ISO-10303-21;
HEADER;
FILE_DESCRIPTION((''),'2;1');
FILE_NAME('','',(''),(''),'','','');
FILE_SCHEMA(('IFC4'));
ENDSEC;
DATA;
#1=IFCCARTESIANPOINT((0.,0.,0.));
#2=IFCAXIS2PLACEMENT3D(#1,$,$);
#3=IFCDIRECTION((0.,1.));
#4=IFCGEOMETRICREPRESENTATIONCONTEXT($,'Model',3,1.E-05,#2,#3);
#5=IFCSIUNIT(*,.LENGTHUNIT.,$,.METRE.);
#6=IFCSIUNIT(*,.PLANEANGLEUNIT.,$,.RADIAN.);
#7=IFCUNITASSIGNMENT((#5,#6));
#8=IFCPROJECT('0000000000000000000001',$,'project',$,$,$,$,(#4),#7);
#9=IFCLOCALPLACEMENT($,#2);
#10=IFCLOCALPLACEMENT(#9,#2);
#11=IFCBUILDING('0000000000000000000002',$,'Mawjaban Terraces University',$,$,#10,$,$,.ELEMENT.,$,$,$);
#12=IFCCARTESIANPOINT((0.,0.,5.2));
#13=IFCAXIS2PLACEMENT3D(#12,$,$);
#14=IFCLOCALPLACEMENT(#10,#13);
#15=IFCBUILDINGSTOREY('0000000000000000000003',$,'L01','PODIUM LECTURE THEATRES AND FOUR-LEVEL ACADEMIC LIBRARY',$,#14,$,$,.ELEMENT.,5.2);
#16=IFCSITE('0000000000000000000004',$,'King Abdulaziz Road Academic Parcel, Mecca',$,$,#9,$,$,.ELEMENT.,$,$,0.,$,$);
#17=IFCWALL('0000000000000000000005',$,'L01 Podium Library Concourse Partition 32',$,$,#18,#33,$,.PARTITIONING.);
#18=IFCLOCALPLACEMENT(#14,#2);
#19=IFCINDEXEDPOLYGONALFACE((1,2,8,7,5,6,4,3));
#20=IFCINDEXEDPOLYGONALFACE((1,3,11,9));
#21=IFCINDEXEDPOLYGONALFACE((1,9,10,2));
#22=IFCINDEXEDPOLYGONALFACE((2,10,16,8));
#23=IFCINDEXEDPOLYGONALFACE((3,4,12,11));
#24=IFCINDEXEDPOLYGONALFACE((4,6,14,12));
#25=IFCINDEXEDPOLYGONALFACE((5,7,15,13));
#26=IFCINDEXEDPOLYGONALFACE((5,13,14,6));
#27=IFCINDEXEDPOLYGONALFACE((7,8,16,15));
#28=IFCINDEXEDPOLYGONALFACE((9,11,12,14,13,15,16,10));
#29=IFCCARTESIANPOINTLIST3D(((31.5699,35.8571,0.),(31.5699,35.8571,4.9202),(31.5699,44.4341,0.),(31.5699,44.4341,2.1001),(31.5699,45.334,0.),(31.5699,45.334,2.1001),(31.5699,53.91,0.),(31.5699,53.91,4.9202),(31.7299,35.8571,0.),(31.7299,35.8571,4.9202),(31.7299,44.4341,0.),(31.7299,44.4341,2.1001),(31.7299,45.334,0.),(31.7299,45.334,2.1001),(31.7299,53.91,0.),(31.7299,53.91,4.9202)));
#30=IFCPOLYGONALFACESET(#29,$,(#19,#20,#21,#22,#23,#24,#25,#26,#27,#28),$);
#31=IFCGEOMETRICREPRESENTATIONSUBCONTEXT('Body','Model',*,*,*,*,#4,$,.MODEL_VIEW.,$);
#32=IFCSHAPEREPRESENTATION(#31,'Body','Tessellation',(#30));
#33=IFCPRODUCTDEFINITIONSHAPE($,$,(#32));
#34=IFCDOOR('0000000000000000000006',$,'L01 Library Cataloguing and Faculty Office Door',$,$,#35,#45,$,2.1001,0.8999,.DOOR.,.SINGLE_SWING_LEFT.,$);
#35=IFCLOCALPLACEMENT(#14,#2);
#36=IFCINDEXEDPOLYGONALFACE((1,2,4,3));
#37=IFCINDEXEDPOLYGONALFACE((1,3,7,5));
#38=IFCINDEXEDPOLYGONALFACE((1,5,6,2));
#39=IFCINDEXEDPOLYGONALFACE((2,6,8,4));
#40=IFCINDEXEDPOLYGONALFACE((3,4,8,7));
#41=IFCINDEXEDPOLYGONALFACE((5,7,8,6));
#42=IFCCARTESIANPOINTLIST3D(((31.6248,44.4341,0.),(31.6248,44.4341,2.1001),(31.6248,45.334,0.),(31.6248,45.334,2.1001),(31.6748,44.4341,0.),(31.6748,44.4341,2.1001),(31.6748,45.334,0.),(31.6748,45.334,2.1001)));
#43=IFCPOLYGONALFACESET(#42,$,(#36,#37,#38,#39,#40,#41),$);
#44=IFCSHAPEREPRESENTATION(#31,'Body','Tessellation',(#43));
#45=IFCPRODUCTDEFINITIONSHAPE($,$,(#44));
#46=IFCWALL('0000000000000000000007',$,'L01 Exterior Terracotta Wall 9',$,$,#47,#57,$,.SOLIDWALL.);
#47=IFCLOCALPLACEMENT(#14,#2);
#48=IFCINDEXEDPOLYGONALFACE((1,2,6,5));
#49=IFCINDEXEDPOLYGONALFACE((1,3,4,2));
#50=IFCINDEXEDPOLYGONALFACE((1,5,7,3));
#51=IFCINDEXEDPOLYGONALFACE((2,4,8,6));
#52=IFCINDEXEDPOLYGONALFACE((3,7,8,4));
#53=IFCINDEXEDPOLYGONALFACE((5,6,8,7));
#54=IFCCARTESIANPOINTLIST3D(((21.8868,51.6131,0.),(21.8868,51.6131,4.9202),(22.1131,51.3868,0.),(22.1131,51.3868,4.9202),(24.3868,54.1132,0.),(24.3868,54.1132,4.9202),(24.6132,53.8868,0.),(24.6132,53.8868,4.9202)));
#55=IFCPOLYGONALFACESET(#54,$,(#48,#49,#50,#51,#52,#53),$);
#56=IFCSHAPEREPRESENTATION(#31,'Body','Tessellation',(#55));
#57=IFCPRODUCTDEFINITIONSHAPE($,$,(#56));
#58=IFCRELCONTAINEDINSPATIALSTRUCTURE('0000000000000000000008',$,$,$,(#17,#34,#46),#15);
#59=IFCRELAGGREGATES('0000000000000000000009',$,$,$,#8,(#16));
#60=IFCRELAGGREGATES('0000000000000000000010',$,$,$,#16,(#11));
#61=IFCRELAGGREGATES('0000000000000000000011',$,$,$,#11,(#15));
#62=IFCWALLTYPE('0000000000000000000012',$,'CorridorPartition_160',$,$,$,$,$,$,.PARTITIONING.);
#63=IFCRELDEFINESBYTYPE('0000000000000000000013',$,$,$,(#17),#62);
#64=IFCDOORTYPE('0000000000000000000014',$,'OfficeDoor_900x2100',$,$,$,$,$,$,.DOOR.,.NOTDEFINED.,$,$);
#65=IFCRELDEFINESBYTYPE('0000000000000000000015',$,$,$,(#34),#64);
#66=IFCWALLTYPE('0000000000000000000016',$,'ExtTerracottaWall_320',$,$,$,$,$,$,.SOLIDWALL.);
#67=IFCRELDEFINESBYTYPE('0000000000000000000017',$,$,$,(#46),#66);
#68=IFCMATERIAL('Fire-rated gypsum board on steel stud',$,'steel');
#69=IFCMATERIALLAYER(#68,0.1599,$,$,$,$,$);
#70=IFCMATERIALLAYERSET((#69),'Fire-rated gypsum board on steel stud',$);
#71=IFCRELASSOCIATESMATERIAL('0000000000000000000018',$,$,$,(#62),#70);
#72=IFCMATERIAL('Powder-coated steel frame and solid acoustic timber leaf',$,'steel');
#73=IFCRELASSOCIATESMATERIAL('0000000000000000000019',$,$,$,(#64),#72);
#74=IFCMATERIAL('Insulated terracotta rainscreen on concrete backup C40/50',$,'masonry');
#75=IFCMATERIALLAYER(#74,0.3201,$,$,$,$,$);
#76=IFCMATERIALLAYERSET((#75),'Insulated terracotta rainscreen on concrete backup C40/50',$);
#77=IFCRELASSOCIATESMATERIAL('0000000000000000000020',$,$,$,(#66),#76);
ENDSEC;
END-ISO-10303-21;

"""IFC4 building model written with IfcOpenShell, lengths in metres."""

from ifc_helpers import new_model, si_unit, direction, frame, frame_2d, origin, place, context, subcontext, project, spatial, rectangle, extrude, material, layer, layer_set, type_object, element, fill, save


model = new_model("IFC4")

# Units and contexts
model_context = context("Model", 3, precision=1e-05, world=origin(), true_north=direction((0.0, 1.0)))
body_context = subcontext(model_context, "Body", "Model", "MODEL_VIEW")
ifc_project = project(units=[si_unit("LENGTHUNIT", "METRE"), si_unit("PLANEANGLEUNIT", "RADIAN")], contexts=[model_context])

# Site, building, storey
site_placement = place(None, origin())
site = spatial("IfcSite", under=ifc_project, at=site_placement, Name="King Abdulaziz Road Academic Parcel, Mecca", CompositionType="ELEMENT", RefElevation=0.0)
building_placement = place(site_placement, origin())
building = spatial("IfcBuilding", under=site, at=building_placement, Name="Mawjaban Terraces University", CompositionType="ELEMENT")
storey_placement = place(building_placement, frame((0.0, 0.0, 5.2)))
storey = spatial("IfcBuildingStorey", under=building, at=storey_placement, Name="L01", Description="PODIUM LECTURE THEATRES AND FOUR-LEVEL ACADEMIC LIBRARY", CompositionType="ELEMENT", Elevation=5.2)

# Wall, opening, door
ifc_material_1 = material(Name="Fire-rated gypsum board on steel stud", Category="steel")
ifc_layer_1 = layer(ifc_material_1, 0.1599)
ifc_layer_set_1 = layer_set([ifc_layer_1], Name="Fire-rated gypsum board on steel stud")
wall_type_1 = type_object("IfcWallType", Name="CorridorPartition_160", PredefinedType="PARTITIONING", material=ifc_layer_set_1)
wall_1_placement = place(storey_placement, frame((31.6499, 53.9099, 0.0), z_axis=(0.0, 0.0, 1.0), x_axis=(0.0, -1.0, 0.0)))
wall_1 = element("IfcWall", 1, at=wall_1_placement, inside=storey, type_object=wall_type_1, Name="L01 Podium Library Concourse Partition 32", PredefinedType="PARTITIONING", context=body_context, shape_type="SweptSolid", body=[
    extrude(rectangle(XDim=18.053, YDim=0.1599, at=frame_2d((9.0264, 0.0))), origin(), (0.0, 0.0, 1.0), 4.9202),
])
opening_1_placement = place(wall_1_placement, frame((8.5759, 0.0, 0.0)))
opening_1 = element("IfcOpeningElement", 2, at=opening_1_placement, cuts=wall_1, PredefinedType="OPENING", context=body_context, shape_type="SweptSolid", body=[
    extrude(rectangle(XDim=0.8999, YDim=2.1001, at=frame_2d((0.45, 1.05))), frame((0.0, 0.0898, 0.0), z_axis=(0.0, -1.0, 0.0), x_axis=(1.0, 0.0, 0.0)), (0.0, 0.0, 1.0), 0.1799),
])
ifc_material_2 = material(Name="Powder-coated steel frame and solid acoustic timber leaf", Category="steel")
door_type = type_object("IfcDoorType", Name="OfficeDoor_900x2100", OperationType="NOTDEFINED", PredefinedType="DOOR", material=ifc_material_2)
door_placement = place(opening_1_placement, origin())
door = element("IfcDoor", 3, at=door_placement, inside=storey, type_object=door_type, Name="L01 Library Cataloguing and Faculty Office Door", OperationType="SINGLE_SWING_LEFT", OverallHeight=2.1001, OverallWidth=0.8999, PredefinedType="DOOR", context=body_context, shape_type="SweptSolid", body=[
    extrude(rectangle(XDim=0.8999, YDim=2.1001, at=frame_2d((0.45, 1.05))), frame((0.0, 0.0249, 0.0), z_axis=(0.0, -1.0, 0.0), x_axis=(1.0, 0.0, 0.0)), (0.0, 0.0, 1.0), 0.05),
])
fill(opening_1, door)

# Wall
ifc_material_3 = material(Name="Insulated terracotta rainscreen on concrete backup C40/50", Category="masonry")
ifc_layer_2 = layer(ifc_material_3, 0.3201)
ifc_layer_set_2 = layer_set([ifc_layer_2], Name="Insulated terracotta rainscreen on concrete backup C40/50")
wall_type_2 = type_object("IfcWallType", Name="ExtTerracottaWall_320", PredefinedType="SOLIDWALL", material=ifc_layer_set_2)
wall_2_placement = place(storey_placement, frame((24.5, 54.0, 0.0), z_axis=(0.0, 0.0, 1.0), x_axis=(-0.707107, -0.707107, 0.0)))
element("IfcWall", 4, at=wall_2_placement, inside=storey, type_object=wall_type_2, Name="L01 Exterior Terracotta Wall 9", PredefinedType="SOLIDWALL", context=body_context, shape_type="SweptSolid", body=[
    extrude(rectangle(XDim=3.5356, YDim=0.3201, at=frame_2d((1.7678, 0.0))), origin(), (0.0, 0.0, 1.0), 4.9202),
])

save(model, "model.ifc")
